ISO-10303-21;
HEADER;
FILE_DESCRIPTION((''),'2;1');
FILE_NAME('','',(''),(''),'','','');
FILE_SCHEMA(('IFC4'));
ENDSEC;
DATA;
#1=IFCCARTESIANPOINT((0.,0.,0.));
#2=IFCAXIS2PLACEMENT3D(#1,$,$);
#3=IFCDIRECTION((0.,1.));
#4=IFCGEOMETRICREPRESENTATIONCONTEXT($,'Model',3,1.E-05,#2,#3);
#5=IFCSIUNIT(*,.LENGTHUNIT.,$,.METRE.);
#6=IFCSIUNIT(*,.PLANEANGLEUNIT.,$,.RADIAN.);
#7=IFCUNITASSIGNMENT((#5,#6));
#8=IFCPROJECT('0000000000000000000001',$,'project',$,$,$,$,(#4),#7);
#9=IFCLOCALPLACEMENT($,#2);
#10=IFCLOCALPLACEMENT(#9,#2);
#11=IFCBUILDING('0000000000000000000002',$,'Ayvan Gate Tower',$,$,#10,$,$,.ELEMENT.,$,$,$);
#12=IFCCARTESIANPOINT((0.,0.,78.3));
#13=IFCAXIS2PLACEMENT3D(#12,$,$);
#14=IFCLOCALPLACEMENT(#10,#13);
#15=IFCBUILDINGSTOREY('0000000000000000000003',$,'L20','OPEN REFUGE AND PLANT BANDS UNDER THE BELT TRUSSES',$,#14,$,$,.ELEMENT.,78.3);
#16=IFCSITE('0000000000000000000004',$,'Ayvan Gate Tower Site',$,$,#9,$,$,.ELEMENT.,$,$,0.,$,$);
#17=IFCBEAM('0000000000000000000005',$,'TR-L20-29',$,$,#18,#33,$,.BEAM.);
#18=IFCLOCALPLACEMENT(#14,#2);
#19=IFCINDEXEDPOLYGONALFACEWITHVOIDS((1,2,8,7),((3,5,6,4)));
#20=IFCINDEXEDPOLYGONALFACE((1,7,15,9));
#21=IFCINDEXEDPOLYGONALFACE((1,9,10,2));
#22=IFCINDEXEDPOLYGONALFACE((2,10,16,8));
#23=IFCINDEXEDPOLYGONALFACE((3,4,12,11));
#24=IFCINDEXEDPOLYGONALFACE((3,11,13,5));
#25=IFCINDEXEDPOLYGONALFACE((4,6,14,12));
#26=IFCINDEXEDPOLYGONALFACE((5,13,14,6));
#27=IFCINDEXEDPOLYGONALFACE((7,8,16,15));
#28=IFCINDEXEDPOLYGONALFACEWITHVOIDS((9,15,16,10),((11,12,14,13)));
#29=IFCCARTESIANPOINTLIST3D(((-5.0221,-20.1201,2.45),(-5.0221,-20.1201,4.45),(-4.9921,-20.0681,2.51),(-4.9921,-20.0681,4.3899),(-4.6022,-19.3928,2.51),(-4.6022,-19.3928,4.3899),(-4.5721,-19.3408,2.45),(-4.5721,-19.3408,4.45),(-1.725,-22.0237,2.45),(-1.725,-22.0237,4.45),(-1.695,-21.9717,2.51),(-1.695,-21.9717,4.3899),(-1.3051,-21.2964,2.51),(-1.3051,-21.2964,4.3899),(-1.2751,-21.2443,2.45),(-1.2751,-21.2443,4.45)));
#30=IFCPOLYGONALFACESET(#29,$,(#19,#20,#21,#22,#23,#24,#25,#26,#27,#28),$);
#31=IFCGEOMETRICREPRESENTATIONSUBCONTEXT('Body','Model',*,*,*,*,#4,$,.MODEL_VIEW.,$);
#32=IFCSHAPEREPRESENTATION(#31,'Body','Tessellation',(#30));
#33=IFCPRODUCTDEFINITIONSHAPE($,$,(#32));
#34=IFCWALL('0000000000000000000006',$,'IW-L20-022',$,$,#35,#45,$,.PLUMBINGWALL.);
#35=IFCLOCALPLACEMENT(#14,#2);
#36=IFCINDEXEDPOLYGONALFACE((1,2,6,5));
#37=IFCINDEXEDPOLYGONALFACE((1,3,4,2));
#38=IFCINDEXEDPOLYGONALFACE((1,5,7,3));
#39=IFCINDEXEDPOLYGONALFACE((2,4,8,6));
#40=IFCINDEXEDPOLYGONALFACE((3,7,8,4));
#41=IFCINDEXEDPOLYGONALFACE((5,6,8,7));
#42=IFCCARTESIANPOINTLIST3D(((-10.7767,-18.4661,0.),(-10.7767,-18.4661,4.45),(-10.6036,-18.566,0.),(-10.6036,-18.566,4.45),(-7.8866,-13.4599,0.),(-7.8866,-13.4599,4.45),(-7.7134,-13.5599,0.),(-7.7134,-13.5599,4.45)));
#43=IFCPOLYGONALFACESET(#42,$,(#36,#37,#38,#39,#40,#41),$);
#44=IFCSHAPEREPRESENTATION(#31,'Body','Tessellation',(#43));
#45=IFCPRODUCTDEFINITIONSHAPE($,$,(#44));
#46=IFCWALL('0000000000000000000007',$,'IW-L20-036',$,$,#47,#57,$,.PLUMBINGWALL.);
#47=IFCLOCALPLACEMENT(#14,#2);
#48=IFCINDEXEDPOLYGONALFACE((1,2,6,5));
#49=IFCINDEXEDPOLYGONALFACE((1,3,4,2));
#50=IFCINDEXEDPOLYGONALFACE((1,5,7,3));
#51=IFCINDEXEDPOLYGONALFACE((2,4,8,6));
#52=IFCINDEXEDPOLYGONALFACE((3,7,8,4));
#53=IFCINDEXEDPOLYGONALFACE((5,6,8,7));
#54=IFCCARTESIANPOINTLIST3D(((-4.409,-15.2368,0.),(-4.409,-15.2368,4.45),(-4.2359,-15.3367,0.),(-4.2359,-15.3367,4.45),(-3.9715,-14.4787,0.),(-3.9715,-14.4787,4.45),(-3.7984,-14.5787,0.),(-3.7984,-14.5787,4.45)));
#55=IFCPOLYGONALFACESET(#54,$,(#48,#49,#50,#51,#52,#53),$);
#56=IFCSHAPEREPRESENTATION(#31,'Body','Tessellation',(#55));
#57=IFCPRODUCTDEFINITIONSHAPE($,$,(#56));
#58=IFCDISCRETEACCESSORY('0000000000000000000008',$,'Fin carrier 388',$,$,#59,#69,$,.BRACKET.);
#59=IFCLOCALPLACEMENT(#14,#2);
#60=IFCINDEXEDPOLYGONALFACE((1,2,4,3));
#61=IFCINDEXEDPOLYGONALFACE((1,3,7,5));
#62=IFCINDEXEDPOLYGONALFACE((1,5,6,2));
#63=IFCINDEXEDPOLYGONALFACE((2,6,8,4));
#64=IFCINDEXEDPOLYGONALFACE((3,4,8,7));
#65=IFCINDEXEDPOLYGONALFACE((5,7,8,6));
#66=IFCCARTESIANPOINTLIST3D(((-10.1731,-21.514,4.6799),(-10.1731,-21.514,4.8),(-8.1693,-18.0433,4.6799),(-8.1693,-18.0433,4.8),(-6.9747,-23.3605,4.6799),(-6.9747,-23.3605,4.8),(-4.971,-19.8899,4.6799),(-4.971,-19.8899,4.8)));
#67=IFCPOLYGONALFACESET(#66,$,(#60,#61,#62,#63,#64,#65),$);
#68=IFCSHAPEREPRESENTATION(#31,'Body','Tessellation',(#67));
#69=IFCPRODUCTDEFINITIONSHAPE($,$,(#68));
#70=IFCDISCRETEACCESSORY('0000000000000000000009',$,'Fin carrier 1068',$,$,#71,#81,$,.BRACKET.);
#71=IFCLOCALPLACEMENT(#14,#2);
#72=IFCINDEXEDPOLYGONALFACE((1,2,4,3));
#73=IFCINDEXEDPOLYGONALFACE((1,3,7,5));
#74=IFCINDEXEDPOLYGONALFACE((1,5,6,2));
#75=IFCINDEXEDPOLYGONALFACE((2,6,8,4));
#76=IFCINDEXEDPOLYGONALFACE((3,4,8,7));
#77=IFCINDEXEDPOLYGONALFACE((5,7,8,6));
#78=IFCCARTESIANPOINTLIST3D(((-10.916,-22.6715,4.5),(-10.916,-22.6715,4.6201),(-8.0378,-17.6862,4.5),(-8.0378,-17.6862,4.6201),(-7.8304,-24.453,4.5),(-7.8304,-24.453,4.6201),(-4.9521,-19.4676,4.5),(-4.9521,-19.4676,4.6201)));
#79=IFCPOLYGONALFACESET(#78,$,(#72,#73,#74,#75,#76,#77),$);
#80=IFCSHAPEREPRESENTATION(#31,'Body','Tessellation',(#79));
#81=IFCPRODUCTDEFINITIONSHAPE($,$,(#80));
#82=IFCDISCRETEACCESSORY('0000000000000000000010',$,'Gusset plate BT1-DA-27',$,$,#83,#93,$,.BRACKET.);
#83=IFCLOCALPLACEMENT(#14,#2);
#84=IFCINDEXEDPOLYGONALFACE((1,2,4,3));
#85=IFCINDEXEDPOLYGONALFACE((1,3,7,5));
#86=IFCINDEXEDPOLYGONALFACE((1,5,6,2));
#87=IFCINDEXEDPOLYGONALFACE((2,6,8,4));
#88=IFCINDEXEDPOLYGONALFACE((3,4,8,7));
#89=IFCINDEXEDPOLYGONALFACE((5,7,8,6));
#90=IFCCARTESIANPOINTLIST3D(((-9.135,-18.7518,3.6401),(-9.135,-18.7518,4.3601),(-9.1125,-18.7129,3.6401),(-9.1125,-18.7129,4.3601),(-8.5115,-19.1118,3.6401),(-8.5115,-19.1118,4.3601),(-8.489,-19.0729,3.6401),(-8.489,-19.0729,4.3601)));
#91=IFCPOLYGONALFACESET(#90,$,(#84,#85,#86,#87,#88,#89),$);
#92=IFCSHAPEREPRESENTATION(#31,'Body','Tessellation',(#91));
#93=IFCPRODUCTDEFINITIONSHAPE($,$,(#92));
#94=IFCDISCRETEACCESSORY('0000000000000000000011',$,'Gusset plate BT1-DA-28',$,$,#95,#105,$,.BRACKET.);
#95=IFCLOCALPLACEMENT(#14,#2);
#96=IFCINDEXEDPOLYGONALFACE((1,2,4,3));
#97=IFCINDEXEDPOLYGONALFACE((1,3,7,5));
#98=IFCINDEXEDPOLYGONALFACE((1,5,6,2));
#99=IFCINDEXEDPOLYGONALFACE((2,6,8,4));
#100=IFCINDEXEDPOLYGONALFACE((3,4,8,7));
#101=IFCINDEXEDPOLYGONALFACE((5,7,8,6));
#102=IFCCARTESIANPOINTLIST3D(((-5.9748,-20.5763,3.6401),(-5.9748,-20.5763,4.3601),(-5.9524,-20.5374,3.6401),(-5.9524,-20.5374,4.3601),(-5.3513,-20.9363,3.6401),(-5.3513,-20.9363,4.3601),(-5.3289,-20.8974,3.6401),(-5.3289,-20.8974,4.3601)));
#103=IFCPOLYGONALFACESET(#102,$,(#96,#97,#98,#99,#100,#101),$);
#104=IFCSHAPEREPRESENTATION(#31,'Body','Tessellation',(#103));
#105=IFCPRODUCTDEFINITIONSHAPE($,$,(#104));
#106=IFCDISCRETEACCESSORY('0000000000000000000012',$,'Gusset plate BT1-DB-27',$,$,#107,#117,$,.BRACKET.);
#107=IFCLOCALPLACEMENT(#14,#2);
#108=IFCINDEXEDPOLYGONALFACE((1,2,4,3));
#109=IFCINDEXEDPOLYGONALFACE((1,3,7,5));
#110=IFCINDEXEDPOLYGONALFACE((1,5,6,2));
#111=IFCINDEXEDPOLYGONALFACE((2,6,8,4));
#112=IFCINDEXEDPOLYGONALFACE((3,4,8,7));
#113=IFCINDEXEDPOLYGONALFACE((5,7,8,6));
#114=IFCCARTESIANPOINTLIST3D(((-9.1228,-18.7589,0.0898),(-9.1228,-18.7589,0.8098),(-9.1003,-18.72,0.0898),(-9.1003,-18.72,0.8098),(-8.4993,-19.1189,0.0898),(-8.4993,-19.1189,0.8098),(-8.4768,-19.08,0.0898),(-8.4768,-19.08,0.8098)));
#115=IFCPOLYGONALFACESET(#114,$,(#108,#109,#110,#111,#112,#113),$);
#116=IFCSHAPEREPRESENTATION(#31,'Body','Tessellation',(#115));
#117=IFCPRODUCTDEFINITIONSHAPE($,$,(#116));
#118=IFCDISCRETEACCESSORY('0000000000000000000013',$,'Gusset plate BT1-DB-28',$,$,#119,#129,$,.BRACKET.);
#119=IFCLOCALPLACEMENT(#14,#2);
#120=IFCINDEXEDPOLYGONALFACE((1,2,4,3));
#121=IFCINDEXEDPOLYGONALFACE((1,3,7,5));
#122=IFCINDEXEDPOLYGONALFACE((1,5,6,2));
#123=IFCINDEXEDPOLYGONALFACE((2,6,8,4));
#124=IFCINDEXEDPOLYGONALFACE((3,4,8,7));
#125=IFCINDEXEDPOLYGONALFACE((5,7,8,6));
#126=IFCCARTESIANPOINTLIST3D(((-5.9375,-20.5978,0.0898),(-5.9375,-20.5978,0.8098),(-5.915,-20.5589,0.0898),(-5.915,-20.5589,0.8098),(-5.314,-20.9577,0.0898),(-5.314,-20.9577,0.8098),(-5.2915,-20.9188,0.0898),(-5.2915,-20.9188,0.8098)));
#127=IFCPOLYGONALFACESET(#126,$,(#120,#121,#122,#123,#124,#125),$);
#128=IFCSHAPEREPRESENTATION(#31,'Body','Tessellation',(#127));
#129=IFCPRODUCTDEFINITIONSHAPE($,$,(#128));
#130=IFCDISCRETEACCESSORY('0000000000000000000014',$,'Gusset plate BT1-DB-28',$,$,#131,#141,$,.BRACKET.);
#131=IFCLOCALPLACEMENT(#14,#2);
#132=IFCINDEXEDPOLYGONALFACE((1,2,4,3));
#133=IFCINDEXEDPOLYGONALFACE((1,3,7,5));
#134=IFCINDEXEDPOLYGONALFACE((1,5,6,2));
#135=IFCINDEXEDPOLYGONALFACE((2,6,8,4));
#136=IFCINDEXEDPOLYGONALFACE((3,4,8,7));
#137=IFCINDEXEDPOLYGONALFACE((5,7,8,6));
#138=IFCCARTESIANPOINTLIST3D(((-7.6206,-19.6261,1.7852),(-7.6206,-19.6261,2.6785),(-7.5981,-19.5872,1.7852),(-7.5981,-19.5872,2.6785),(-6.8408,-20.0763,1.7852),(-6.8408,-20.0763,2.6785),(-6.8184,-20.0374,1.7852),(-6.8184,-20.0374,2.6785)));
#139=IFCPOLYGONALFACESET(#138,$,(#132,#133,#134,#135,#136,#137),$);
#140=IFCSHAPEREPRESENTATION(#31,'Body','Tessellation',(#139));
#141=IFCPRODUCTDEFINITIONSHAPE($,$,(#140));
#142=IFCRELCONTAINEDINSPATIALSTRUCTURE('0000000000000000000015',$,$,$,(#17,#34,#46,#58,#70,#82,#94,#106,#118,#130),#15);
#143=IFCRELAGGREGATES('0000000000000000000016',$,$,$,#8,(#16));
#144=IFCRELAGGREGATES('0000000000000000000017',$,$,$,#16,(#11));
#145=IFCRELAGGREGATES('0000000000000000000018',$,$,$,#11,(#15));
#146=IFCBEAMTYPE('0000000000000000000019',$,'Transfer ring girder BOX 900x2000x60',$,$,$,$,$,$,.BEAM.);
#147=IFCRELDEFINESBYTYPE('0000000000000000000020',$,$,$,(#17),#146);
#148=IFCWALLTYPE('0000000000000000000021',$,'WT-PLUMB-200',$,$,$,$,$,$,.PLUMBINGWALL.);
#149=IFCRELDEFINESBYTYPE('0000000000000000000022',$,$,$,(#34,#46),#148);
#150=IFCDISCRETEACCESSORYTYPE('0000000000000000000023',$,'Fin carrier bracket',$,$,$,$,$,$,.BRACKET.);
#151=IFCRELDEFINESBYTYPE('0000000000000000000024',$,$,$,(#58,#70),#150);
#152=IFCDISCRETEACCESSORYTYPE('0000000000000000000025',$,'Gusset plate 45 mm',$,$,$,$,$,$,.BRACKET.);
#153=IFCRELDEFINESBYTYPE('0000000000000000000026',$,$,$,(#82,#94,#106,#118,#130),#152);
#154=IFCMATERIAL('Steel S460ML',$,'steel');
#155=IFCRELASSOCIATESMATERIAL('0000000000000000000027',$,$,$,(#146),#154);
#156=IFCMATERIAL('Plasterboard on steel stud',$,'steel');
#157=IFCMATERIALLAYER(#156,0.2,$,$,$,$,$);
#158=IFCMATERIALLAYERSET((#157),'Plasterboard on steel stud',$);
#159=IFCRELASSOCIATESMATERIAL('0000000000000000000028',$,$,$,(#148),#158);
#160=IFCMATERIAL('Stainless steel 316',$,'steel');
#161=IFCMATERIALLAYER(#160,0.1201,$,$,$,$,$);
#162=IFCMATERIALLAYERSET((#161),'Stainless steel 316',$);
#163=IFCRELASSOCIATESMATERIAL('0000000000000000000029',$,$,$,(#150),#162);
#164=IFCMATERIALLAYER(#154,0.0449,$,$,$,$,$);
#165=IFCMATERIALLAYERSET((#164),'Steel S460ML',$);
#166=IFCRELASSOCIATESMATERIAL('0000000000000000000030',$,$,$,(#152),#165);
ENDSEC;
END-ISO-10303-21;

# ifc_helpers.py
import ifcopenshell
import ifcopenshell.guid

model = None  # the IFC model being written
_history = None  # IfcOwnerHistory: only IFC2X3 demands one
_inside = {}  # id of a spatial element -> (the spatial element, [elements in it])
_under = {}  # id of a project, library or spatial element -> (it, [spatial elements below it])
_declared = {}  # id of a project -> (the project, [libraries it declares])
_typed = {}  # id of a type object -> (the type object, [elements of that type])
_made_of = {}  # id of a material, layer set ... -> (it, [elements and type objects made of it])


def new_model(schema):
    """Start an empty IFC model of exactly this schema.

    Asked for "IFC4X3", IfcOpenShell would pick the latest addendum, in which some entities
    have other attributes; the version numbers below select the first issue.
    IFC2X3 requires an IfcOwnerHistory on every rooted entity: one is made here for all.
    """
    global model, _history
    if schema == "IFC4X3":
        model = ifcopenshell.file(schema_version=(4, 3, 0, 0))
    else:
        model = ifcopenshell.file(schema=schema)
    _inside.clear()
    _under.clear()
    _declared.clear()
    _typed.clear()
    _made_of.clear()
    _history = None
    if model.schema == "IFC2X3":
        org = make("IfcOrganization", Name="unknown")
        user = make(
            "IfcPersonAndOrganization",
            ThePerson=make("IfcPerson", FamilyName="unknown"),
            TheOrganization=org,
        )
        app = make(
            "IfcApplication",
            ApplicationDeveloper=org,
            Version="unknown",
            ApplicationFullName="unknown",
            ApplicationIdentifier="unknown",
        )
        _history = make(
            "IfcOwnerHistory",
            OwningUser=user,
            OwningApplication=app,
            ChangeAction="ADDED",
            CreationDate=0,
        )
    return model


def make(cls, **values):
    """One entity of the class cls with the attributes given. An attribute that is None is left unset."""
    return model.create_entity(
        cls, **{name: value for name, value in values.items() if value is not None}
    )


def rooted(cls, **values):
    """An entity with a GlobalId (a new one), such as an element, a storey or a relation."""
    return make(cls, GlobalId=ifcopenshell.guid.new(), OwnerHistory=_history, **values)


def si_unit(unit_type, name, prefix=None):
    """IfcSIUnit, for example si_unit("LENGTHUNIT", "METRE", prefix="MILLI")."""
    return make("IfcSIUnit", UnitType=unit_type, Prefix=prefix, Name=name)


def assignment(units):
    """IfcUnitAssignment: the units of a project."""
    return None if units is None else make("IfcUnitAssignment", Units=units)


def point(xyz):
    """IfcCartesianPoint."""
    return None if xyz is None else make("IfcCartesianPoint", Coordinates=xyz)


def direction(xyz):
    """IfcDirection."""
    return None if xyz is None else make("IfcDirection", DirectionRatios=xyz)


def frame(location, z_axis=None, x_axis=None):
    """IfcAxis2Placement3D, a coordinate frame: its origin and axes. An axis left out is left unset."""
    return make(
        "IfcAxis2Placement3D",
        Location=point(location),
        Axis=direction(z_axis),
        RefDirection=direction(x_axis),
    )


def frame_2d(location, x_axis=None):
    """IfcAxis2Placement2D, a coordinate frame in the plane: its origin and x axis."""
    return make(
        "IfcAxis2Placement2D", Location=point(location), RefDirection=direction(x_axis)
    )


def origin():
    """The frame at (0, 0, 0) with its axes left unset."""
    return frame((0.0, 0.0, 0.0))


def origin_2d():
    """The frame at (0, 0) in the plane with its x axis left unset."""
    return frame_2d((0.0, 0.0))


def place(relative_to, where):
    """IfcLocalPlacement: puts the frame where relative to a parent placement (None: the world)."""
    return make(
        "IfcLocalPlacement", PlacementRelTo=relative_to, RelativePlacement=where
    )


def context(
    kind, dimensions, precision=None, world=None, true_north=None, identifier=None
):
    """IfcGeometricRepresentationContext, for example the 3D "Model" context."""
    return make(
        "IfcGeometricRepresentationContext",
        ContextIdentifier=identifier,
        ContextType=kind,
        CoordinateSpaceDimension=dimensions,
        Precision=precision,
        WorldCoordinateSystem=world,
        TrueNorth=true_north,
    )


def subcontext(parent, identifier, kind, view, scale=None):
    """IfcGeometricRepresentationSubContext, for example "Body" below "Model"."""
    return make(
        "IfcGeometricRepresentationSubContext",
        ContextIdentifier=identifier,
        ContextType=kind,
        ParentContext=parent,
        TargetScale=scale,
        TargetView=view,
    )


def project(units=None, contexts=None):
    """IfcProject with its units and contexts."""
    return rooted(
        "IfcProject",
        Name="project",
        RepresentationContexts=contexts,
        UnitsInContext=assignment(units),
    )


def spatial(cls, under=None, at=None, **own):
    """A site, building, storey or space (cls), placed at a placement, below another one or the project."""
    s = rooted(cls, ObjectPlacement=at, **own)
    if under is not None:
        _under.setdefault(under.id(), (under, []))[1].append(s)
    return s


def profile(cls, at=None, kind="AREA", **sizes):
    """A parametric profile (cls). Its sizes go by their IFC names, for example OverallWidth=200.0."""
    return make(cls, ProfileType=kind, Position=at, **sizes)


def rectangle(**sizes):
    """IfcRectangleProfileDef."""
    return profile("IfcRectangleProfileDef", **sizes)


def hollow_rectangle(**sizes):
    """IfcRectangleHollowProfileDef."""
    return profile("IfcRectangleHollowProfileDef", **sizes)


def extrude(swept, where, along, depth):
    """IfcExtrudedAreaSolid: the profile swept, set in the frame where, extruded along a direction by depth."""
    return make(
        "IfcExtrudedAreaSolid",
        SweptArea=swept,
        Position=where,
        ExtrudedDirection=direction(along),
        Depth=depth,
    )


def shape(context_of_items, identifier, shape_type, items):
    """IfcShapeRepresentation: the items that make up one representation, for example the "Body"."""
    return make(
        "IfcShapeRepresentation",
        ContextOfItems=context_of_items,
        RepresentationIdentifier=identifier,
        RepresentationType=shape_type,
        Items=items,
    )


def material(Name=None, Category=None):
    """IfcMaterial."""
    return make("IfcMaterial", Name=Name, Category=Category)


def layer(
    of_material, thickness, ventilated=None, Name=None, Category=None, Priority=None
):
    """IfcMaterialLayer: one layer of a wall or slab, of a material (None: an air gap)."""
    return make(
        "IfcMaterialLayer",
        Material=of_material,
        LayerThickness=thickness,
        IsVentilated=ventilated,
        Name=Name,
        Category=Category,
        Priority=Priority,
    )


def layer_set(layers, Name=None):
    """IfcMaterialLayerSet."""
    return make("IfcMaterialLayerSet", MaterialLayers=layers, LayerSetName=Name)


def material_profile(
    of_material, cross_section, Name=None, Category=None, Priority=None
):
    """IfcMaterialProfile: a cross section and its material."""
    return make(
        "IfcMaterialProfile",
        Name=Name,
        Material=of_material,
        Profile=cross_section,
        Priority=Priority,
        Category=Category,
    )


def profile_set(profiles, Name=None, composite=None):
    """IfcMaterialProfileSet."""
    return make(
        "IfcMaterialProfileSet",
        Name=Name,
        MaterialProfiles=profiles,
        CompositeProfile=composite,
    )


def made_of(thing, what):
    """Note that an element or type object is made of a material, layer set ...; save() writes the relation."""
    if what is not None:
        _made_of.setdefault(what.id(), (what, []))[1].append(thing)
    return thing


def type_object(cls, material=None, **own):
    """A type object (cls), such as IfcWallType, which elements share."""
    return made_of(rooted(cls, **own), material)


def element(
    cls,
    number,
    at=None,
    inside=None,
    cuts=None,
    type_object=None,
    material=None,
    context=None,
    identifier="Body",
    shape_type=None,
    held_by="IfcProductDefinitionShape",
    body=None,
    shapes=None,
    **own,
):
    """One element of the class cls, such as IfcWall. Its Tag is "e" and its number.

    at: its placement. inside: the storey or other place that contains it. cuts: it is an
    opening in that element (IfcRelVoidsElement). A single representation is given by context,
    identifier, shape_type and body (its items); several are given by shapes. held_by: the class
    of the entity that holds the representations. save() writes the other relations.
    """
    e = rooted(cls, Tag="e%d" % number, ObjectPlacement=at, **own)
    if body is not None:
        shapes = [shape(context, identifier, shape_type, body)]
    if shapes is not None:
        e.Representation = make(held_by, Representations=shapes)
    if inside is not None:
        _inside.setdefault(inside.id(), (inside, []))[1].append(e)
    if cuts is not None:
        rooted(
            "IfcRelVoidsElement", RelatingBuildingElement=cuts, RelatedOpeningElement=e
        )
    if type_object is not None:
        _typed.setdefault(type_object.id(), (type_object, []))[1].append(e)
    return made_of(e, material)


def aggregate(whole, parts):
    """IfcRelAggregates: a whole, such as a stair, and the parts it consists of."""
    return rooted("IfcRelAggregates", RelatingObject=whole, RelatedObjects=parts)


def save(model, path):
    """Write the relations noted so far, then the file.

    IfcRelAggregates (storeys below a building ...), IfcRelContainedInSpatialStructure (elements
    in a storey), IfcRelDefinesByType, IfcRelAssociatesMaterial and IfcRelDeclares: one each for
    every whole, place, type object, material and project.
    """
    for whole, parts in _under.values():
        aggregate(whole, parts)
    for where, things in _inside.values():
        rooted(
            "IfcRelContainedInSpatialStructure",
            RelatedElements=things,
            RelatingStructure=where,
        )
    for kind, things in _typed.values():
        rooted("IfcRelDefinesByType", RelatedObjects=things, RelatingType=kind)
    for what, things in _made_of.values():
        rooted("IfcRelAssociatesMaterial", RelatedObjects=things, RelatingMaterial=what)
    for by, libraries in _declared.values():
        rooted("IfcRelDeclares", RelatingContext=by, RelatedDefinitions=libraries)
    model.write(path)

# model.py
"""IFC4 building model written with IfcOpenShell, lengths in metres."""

from ifc_helpers import new_model, si_unit, direction, frame, frame_2d, origin, origin_2d, place, context, subcontext, project, spatial, rectangle, hollow_rectangle, extrude, material, layer, layer_set, material_profile, profile_set, type_object, element, save


model = new_model("IFC4")

# Units and contexts
model_context = context("Model", 3, precision=1e-05, world=origin(), true_north=direction((0.0, 1.0)))
body_context = subcontext(model_context, "Body", "Model", "MODEL_VIEW")
ifc_project = project(units=[si_unit("LENGTHUNIT", "METRE"), si_unit("PLANEANGLEUNIT", "RADIAN")], contexts=[model_context])

# Site, building, storey
site_placement = place(None, origin())
site = spatial("IfcSite", under=ifc_project, at=site_placement, Name="Ayvan Gate Tower Site", CompositionType="ELEMENT", RefElevation=0.0)
building_placement = place(site_placement, origin())
building = spatial("IfcBuilding", under=site, at=building_placement, Name="Ayvan Gate Tower", CompositionType="ELEMENT")
storey_placement = place(building_placement, frame((0.0, 0.0, 78.3)))
storey = spatial("IfcBuildingStorey", under=building, at=storey_placement, Name="L20", Description="OPEN REFUGE AND PLANT BANDS UNDER THE BELT TRUSSES", CompositionType="ELEMENT", Elevation=78.3)

# Shared definitions
ifc_material_1 = material(Name="Steel S460ML", Category="steel")

# Beam
ifc_material_profile_1 = material_profile(ifc_material_1, hollow_rectangle(XDim=0.8999, YDim=2.0, WallThickness=0.0601, at=origin_2d()), Name="BOX 900x2000x60")
ifc_profile_set_1 = profile_set([ifc_material_profile_1], Name="Steel S460ML")
beam_type_1 = type_object("IfcBeamType", Name="Transfer ring girder BOX 900x2000x60", PredefinedType="BEAM", material=ifc_profile_set_1)
for number, where, z_axis, x_axis, name in (
    (1, (-4.7971, -19.7305, 3.45), (0.866029, -0.499994, 0.0), (0.499994, 0.866029, 0.0), "TR-L20-29"),
):
    element("IfcBeam", number, at=place(storey_placement, frame(where, z_axis=z_axis, x_axis=x_axis)), inside=storey, type_object=beam_type_1, Name=name, PredefinedType="BEAM", context=body_context, shape_type="SweptSolid", body=[
        extrude(hollow_rectangle(XDim=0.8999, YDim=2.0, WallThickness=0.0601, at=origin_2d()), origin(), (0.0, 0.0, 1.0), 3.8071),
    ])

# Walls
ifc_material_2 = material(Name="Plasterboard on steel stud", Category="steel")
ifc_layer_1 = layer(ifc_material_2, 0.2)
ifc_layer_set_1 = layer_set([ifc_layer_1], Name="Plasterboard on steel stud")
wall_type = type_object("IfcWallType", Name="WT-PLUMB-200", PredefinedType="PLUMBINGWALL", material=ifc_layer_set_1)
wall_1_placement = place(storey_placement, frame((-7.8, -13.51, 0.0), z_axis=(0.0, 0.0, 1.0), x_axis=(-0.499982, -0.866036, 0.0)))
element("IfcWall", 2, at=wall_1_placement, inside=storey, type_object=wall_type, Name="IW-L20-022", PredefinedType="PLUMBINGWALL", context=body_context, shape_type="SweptSolid", body=[
    extrude(rectangle(XDim=5.7805, YDim=0.2, at=frame_2d((2.8901, 0.0))), origin(), (0.0, 0.0, 1.0), 4.45),
])
wall_2_placement = place(storey_placement, frame((-3.885, -14.5288, 0.0), z_axis=(0.0, 0.0, 1.0), x_axis=(-0.499859, -0.866107, 0.0)))
element("IfcWall", 3, at=wall_2_placement, inside=storey, type_object=wall_type, Name="IW-L20-036", PredefinedType="PLUMBINGWALL", context=body_context, shape_type="SweptSolid", body=[
    extrude(rectangle(XDim=0.8752, YDim=0.2, at=frame_2d((0.4375, 0.0))), origin(), (0.0, 0.0, 1.0), 4.45),
])

# Discrete accessories
ifc_material_3 = material(Name="Stainless steel 316", Category="steel")
ifc_layer_2 = layer(ifc_material_3, 0.1201)
ifc_layer_set_2 = layer_set([ifc_layer_2], Name="Stainless steel 316")
discrete_accessory_type_1 = type_object("IfcDiscreteAccessoryType", Name="Fin carrier bracket", PredefinedType="BRACKET", material=ifc_layer_set_2)
discrete_accessory_1_placement = place(storey_placement, frame((-7.572, -20.7019, 4.6799), z_axis=(0.0, 0.0, 1.0), x_axis=(0.866025, -0.5, 0.0)))
element("IfcDiscreteAccessory", 4, at=discrete_accessory_1_placement, inside=storey, type_object=discrete_accessory_type_1, Name="Fin carrier 388", PredefinedType="BRACKET", context=body_context, shape_type="SweptSolid", body=[
    extrude(rectangle(XDim=3.6931, YDim=4.0076, at=origin_2d()), origin(), (0.0, 0.0, 1.0), 0.1201),
])
discrete_accessory_2_placement = place(storey_placement, frame((-7.9341, -21.0696, 4.5), z_axis=(0.0, 0.0, 1.0), x_axis=(0.866025, -0.5, 0.0)))
element("IfcDiscreteAccessory", 5, at=discrete_accessory_2_placement, inside=storey, type_object=discrete_accessory_type_1, Name="Fin carrier 1068", PredefinedType="BRACKET", context=body_context, shape_type="SweptSolid", body=[
    extrude(rectangle(XDim=3.563, YDim=5.7566, at=origin_2d()), origin(), (0.0, 0.0, 1.0), 0.1201),
])
ifc_layer_3 = layer(ifc_material_1, 0.0449)
ifc_layer_set_3 = layer_set([ifc_layer_3], Name="Steel S460ML")
discrete_accessory_type_2 = type_object("IfcDiscreteAccessoryType", Name="Gusset plate 45 mm", PredefinedType="BRACKET", material=ifc_layer_set_3)
for number, where, z_axis, x_axis, name in (
    (6, (-8.812, -18.9124, 3.6401), (0.0, 0.0, 1.0), (-0.866025, 0.5, 0.0), "Gusset plate BT1-DA-27"),
    (7, (-5.6519, -20.7368, 3.6401), (0.0, 0.0, 1.0), (-0.866025, 0.5, 0.0), "Gusset plate BT1-DA-28"),
    (8, (-8.7998, -18.9194, 0.0898), (0.0, 0.0, 1.0), (-0.866025, 0.5, 0.0), "Gusset plate BT1-DB-27"),
    (9, (-5.6145, -20.7583, 0.0898), (0.0, 0.0, 1.0), (-0.866025, 0.5, 0.0), "Gusset plate BT1-DB-28"),
):
    element("IfcDiscreteAccessory", number, at=place(storey_placement, frame(where, z_axis=z_axis, x_axis=x_axis)), inside=storey, type_object=discrete_accessory_type_2, Name=name, PredefinedType="BRACKET", context=body_context, shape_type="SweptSolid", body=[
        extrude(rectangle(XDim=0.72, YDim=0.0449, at=origin_2d()), origin(), (0.0, 0.0, 1.0), 0.72),
    ])
discrete_accessory_3_placement = place(storey_placement, frame((-7.2195, -19.8318, 1.7852), z_axis=(0.0, 0.0, 1.0), x_axis=(-0.866025, 0.5, 0.0)))
element("IfcDiscreteAccessory", 10, at=discrete_accessory_3_placement, inside=storey, type_object=discrete_accessory_type_2, Name="Gusset plate BT1-DB-28", PredefinedType="BRACKET", context=body_context, shape_type="SweptSolid", body=[
    extrude(rectangle(XDim=0.9004, YDim=0.0449, at=origin_2d()), origin(), (0.0, 0.0, 1.0), 0.8933),
])

save(model, "model.ifc")
